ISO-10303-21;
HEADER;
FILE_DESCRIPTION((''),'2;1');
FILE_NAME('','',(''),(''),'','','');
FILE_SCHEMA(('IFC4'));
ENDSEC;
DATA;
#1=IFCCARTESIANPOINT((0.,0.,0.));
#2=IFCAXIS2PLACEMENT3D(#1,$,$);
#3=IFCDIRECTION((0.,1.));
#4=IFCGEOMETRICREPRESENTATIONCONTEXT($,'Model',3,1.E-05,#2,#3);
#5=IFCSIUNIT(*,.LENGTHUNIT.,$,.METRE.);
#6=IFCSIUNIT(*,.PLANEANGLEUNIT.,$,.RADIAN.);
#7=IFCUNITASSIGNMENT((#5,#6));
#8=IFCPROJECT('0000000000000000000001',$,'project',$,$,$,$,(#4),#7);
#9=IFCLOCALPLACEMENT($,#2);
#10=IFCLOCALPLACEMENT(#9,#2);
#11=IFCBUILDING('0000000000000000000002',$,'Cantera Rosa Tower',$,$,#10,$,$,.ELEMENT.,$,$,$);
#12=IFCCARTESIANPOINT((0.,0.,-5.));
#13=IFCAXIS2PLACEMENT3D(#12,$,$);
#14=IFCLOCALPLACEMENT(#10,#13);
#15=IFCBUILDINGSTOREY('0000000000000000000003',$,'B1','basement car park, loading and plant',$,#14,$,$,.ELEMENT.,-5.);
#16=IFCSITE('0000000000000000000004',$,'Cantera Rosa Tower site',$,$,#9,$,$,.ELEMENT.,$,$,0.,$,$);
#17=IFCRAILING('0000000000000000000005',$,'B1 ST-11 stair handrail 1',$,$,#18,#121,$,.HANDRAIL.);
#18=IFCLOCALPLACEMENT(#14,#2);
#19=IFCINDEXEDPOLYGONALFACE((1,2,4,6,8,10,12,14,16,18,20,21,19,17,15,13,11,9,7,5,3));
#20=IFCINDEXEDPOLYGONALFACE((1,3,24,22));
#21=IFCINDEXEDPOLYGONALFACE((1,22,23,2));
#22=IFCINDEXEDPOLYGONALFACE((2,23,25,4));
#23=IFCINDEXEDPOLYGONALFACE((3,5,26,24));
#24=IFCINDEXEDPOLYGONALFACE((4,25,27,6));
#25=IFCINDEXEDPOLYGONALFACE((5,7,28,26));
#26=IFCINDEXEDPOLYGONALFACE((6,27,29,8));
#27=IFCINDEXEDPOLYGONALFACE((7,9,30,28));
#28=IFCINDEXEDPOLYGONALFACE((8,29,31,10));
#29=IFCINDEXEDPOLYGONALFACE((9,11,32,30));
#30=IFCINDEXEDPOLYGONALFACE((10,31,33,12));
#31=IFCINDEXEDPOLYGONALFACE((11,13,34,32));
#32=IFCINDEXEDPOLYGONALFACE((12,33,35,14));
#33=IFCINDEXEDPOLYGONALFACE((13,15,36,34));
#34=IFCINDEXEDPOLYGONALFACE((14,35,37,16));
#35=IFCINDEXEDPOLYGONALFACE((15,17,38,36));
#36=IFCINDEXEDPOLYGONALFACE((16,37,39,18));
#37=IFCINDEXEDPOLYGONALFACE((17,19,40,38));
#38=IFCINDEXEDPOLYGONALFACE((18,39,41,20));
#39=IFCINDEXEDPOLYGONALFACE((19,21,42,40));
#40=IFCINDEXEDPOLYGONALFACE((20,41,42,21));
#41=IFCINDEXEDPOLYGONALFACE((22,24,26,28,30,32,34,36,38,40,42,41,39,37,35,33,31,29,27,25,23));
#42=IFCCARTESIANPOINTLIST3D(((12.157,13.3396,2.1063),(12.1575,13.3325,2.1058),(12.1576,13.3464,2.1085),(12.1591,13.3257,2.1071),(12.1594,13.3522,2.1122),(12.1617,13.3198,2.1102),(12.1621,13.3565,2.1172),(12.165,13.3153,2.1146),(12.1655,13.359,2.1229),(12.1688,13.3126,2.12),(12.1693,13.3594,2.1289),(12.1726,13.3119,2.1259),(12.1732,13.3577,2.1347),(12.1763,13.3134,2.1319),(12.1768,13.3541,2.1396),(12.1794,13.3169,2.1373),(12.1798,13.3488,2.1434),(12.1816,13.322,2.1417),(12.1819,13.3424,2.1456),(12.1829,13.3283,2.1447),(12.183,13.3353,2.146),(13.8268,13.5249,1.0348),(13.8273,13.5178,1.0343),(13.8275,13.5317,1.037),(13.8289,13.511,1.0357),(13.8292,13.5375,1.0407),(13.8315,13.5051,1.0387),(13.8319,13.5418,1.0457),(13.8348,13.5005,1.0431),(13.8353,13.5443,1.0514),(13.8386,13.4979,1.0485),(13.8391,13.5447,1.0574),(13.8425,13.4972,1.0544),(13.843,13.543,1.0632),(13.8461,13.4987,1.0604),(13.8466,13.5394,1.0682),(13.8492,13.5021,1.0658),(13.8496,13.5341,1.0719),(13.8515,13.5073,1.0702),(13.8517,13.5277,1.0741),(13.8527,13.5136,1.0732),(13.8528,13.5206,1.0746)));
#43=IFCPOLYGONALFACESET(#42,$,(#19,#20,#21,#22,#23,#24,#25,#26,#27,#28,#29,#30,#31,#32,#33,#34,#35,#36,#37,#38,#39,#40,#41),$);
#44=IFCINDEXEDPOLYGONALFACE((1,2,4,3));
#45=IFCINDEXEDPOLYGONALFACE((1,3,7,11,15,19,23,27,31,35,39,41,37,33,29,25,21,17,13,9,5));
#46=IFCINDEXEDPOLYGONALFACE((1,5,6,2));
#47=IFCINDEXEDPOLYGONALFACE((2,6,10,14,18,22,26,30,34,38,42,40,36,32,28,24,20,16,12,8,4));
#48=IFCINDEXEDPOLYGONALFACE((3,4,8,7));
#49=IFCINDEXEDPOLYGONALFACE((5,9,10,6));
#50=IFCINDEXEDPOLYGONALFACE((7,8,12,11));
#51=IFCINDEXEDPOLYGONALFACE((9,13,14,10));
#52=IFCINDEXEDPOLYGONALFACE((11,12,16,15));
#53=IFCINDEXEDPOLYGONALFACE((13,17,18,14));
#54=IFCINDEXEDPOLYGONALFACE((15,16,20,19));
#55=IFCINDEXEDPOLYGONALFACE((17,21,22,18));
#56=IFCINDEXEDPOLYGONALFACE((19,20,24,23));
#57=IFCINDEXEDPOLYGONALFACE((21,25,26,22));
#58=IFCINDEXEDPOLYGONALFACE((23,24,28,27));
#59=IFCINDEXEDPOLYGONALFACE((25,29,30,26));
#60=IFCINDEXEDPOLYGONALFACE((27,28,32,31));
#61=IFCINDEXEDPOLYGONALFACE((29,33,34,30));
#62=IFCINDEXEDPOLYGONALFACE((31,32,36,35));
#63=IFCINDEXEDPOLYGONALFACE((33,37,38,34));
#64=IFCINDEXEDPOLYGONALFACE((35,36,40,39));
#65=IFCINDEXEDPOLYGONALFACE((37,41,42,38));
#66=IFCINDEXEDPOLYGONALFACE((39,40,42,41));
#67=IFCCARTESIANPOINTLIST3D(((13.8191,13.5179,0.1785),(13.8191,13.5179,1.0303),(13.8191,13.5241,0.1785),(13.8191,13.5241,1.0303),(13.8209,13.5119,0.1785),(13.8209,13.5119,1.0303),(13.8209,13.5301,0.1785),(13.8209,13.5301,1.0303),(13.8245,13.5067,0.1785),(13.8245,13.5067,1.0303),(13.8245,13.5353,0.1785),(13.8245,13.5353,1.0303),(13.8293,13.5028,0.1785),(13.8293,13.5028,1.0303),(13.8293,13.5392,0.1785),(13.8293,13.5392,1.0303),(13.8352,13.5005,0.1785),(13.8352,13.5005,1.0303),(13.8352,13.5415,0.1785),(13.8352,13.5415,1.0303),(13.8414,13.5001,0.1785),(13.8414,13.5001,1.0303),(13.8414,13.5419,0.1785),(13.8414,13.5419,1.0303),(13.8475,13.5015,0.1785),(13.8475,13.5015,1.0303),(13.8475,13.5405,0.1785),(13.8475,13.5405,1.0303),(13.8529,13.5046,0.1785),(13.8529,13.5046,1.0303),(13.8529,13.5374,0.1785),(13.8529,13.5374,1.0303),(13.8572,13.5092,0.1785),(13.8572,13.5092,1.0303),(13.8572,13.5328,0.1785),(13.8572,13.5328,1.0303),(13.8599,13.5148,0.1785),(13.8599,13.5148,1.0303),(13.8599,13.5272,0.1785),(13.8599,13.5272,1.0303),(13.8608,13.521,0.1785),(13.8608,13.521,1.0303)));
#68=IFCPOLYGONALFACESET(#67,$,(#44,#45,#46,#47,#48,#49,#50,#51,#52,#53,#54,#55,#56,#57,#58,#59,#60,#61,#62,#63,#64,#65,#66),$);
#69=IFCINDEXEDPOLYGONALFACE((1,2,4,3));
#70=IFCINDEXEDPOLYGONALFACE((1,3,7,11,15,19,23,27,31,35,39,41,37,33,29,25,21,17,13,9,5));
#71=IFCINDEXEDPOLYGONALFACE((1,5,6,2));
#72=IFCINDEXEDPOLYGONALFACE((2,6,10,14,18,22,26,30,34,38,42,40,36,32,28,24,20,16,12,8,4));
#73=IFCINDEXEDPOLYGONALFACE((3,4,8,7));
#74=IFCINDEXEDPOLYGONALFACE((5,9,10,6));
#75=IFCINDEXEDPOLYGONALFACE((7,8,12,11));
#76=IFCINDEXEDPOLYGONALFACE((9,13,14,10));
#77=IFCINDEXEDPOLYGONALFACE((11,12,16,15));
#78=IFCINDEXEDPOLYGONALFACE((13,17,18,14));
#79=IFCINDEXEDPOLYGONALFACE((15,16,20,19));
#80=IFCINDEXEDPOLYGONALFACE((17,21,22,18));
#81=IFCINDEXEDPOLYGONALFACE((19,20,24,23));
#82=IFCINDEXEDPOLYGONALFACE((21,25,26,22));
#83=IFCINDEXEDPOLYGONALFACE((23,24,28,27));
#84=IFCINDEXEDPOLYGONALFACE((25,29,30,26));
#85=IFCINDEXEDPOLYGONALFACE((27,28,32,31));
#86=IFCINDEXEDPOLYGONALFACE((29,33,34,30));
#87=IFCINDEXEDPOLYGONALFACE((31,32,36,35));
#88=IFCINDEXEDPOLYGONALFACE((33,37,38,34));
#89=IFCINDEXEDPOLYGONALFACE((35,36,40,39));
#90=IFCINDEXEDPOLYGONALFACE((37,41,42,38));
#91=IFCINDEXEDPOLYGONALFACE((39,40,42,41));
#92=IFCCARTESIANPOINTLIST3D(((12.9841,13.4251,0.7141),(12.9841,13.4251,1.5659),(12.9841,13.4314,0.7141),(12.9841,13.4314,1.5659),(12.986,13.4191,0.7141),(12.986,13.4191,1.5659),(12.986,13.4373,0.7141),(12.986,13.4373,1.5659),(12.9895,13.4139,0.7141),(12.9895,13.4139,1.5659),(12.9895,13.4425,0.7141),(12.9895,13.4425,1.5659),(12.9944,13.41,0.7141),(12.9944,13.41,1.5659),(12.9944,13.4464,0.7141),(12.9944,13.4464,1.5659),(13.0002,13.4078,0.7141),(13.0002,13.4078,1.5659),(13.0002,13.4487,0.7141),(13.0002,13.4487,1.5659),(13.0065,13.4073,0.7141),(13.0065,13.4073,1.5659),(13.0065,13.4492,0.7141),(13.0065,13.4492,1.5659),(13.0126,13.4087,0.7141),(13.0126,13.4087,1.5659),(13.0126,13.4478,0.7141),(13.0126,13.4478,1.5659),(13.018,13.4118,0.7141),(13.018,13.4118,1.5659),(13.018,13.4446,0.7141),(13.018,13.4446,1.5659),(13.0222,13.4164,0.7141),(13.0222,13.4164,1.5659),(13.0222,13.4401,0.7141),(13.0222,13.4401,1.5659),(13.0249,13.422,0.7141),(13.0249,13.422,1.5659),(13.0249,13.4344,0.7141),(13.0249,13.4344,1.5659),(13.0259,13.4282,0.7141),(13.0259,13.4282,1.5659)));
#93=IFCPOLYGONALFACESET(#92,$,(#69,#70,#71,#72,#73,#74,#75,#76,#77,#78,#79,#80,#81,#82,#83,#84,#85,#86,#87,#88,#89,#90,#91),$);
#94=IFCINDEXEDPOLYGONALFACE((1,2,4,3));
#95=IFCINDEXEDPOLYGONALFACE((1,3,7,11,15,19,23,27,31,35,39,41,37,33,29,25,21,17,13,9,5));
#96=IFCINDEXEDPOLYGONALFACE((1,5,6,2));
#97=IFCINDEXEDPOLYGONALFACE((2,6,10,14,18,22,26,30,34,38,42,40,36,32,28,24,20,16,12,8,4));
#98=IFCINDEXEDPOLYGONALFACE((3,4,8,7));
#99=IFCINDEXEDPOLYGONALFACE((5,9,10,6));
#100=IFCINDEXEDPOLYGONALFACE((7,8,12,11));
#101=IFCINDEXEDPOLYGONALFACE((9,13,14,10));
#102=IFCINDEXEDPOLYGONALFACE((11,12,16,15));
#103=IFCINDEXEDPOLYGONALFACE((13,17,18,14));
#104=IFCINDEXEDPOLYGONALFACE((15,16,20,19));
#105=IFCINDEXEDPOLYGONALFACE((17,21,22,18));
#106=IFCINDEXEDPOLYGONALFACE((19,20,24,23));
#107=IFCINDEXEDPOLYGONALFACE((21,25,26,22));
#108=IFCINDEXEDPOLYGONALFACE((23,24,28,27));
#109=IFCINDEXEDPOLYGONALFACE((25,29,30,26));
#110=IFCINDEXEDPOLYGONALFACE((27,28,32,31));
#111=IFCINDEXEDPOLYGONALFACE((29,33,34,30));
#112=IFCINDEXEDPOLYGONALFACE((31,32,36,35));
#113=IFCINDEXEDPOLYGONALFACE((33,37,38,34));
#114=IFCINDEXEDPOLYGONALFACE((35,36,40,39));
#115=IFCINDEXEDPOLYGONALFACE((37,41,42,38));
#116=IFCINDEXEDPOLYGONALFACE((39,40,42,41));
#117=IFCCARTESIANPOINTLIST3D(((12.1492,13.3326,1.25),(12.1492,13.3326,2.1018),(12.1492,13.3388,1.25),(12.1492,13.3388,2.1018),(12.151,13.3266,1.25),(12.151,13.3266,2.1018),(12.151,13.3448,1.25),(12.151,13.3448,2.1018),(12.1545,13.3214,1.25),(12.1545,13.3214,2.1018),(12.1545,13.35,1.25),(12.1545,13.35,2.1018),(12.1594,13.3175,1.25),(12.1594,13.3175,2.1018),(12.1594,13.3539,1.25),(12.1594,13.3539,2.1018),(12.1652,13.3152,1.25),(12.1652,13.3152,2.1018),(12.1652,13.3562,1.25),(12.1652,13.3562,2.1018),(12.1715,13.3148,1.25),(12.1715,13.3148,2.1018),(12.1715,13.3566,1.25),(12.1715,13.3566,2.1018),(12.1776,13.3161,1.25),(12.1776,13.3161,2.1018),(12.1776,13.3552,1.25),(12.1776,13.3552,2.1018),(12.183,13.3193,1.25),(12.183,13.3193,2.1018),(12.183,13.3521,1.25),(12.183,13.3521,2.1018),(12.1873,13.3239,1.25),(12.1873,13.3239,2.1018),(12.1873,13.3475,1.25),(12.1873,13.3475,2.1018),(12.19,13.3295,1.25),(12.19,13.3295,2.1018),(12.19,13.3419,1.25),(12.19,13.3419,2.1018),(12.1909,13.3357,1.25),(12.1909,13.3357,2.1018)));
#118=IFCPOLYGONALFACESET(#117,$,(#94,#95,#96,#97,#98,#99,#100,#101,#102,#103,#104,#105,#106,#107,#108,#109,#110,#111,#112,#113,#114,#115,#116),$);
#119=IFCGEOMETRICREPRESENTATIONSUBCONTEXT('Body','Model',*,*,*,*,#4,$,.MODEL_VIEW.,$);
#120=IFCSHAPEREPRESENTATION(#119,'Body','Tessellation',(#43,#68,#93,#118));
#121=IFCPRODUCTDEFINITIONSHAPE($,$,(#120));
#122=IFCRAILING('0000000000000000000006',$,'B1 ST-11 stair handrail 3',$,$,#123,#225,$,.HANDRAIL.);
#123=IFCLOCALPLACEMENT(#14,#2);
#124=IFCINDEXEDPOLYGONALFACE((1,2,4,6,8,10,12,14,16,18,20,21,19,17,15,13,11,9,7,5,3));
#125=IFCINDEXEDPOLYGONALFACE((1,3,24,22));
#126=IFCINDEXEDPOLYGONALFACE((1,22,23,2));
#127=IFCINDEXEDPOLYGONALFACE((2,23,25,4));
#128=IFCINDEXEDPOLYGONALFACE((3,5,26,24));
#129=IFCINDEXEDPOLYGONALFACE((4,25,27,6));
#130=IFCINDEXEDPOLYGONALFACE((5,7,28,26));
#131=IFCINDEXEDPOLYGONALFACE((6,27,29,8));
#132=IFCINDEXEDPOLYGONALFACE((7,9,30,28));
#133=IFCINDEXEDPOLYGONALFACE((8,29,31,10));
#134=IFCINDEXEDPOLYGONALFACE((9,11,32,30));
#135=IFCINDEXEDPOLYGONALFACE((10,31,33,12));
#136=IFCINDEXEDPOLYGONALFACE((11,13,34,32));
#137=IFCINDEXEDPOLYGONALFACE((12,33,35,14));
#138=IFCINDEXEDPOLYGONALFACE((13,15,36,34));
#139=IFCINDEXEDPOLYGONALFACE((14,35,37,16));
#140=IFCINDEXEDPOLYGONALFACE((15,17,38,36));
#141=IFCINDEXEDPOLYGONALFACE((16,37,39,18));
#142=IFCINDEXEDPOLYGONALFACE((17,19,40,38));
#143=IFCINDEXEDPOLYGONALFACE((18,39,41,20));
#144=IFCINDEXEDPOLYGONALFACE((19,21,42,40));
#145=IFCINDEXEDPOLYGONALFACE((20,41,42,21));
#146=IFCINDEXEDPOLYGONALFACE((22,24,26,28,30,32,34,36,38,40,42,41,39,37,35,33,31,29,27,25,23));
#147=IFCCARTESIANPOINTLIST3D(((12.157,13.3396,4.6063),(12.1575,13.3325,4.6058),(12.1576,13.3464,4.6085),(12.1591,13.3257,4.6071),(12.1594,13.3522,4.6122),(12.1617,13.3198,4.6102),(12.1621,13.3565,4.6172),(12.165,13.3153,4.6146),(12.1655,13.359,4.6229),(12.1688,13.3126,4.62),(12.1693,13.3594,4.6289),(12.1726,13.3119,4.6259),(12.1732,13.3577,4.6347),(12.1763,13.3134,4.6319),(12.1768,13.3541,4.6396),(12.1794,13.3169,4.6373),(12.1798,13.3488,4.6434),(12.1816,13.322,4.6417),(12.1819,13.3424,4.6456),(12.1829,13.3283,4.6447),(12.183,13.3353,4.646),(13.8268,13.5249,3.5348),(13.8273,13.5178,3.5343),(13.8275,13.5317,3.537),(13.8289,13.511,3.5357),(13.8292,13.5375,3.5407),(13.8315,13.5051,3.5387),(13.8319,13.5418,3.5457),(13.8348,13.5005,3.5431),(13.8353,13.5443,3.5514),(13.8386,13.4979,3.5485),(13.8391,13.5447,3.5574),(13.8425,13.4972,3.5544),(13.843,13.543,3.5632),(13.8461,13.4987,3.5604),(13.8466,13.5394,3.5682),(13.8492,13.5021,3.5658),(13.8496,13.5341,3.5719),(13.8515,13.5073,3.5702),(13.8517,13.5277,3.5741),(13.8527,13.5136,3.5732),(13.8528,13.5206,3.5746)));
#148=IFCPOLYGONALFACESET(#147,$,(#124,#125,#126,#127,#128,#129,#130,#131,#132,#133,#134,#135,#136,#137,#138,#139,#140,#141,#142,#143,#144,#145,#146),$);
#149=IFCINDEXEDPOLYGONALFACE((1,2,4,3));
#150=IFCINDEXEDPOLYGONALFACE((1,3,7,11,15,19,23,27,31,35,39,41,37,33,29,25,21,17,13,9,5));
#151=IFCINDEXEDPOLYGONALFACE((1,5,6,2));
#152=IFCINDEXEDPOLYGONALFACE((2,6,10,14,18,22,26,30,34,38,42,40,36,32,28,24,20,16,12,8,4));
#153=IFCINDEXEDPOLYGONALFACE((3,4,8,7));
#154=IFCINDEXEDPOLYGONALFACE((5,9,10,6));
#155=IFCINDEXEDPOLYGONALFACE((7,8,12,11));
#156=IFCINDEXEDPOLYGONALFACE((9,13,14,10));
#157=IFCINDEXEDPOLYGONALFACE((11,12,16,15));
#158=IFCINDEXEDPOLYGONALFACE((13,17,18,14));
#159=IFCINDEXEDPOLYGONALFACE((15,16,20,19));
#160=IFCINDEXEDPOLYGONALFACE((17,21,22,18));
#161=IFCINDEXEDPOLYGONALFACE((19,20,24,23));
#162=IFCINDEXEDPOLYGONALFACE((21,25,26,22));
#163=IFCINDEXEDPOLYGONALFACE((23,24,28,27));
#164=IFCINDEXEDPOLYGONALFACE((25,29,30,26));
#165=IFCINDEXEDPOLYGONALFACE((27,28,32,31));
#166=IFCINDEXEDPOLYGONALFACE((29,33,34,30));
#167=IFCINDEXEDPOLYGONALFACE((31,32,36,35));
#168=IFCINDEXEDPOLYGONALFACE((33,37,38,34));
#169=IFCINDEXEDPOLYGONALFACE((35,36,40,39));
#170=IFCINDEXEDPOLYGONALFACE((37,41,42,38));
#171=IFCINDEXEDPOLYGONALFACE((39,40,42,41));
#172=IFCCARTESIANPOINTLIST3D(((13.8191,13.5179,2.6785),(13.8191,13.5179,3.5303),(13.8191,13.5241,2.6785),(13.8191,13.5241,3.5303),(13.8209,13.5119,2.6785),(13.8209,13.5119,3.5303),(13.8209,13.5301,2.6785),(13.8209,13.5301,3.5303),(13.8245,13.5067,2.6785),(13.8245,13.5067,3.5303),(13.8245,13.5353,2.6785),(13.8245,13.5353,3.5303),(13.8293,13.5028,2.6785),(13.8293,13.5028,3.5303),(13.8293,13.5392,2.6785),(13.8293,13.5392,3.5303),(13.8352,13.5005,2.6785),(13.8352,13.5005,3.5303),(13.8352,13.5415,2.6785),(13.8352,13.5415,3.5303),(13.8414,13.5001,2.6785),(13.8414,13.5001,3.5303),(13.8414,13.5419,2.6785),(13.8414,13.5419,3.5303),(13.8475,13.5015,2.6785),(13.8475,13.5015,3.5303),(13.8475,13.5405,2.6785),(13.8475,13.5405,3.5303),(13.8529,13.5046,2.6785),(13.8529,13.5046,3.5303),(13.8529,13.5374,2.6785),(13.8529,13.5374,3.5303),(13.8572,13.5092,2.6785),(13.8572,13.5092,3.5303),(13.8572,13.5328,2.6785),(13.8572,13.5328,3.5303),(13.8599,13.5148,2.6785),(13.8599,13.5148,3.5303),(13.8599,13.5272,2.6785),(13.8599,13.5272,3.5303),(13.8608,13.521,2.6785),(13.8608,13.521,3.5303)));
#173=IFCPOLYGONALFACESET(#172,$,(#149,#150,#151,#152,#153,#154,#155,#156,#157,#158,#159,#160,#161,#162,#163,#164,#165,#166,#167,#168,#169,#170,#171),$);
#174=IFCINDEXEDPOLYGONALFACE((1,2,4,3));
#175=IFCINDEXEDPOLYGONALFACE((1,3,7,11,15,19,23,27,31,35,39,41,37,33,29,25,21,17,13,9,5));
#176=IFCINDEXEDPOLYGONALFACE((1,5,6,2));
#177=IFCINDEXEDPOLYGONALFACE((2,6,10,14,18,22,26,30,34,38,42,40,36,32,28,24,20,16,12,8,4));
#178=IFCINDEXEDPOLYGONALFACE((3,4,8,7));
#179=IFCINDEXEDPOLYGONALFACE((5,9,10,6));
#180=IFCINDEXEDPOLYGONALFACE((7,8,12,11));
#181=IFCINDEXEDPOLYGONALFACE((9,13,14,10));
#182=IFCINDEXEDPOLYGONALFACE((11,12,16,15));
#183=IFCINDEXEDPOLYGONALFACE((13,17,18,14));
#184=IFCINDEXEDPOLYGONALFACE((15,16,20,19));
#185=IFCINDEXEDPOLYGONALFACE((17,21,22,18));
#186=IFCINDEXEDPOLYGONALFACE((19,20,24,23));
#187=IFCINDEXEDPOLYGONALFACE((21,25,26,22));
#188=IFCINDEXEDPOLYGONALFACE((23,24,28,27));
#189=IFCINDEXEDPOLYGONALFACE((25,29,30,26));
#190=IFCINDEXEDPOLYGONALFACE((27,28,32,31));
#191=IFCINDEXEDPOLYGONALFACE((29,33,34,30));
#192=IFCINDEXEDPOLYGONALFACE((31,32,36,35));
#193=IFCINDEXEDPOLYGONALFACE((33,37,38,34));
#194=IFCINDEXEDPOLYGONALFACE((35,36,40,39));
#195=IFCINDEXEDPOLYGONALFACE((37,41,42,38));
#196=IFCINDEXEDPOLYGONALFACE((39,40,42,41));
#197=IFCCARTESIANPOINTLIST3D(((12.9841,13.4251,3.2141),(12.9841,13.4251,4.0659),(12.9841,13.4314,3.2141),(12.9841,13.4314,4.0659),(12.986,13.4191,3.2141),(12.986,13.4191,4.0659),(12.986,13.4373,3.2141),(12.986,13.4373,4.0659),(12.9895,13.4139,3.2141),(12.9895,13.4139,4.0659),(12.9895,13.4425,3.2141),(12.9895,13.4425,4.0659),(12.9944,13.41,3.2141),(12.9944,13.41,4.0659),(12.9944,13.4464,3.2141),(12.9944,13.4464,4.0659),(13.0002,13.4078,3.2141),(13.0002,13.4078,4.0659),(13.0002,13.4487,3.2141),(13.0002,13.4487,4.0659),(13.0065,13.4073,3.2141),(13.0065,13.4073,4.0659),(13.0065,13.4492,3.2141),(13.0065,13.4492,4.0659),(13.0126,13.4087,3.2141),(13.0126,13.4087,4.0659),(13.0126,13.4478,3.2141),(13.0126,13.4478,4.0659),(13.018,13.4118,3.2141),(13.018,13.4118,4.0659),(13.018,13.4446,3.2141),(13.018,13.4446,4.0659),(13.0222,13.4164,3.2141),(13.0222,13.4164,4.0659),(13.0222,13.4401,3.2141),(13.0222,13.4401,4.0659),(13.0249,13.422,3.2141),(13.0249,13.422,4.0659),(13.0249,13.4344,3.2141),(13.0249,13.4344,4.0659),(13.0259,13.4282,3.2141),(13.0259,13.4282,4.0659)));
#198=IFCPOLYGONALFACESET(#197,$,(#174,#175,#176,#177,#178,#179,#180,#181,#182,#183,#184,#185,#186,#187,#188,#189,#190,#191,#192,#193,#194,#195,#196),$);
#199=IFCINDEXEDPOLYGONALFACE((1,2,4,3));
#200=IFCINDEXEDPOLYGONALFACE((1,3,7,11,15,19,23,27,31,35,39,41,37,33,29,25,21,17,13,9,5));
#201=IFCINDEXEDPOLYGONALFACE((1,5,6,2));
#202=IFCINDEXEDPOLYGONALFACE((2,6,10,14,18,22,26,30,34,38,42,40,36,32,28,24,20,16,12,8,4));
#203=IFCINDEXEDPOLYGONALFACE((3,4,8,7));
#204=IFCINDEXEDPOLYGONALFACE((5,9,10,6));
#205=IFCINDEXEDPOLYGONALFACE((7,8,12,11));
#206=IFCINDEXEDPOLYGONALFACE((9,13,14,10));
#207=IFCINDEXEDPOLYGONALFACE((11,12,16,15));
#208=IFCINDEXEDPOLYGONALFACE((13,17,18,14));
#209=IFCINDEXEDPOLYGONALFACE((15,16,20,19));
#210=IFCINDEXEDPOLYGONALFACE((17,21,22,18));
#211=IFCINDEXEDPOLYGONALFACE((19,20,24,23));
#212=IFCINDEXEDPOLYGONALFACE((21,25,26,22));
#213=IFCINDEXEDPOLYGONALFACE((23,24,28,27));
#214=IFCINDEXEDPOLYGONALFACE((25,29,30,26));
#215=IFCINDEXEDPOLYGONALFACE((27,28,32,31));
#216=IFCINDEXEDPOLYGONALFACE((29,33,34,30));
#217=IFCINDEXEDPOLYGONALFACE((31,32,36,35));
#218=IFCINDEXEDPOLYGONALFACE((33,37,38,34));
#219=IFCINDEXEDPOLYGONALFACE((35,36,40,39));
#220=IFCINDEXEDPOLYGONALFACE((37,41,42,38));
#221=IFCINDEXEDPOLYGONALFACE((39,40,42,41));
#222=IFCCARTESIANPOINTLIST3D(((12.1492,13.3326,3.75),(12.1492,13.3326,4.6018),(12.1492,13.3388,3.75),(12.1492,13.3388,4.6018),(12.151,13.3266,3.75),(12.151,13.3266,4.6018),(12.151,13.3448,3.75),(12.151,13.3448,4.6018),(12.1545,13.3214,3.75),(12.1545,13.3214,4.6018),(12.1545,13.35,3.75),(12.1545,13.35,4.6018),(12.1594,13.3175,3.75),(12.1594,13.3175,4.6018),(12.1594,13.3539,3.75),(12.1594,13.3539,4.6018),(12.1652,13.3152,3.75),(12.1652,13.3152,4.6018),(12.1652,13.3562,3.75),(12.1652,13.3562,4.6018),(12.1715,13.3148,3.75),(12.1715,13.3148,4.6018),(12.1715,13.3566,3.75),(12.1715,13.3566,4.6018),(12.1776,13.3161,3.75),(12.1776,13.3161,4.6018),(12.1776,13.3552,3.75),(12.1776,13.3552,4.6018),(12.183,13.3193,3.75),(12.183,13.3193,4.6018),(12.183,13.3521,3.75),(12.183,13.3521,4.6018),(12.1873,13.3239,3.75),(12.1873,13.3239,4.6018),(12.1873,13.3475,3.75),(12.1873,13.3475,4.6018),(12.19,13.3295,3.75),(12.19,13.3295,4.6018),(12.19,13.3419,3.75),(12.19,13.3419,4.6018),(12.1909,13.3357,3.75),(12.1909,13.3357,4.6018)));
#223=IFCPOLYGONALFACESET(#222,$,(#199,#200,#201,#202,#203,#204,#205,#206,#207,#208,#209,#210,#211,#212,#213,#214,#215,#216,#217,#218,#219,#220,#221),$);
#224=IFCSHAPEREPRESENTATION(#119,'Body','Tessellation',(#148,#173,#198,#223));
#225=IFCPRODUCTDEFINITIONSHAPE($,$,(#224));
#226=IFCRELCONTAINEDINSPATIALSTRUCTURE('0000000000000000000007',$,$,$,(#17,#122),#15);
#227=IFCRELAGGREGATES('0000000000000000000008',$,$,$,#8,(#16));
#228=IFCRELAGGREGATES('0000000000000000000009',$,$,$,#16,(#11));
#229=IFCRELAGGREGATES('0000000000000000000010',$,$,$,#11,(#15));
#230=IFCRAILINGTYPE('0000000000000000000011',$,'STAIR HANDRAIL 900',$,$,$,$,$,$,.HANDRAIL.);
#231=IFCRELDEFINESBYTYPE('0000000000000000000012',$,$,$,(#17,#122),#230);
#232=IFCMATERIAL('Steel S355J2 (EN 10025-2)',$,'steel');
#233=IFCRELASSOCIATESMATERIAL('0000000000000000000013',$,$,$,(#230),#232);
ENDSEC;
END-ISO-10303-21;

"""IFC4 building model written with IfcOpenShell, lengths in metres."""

from ifc_helpers import new_model, si_unit, direction, frame, origin, origin_2d, place, context, subcontext, project, spatial, circle, extrude, material, type_object, element, save


model = new_model("IFC4")

# Units and contexts
model_context = context("Model", 3, precision=1e-05, world=origin(), true_north=direction((0.0, 1.0)))
body_context = subcontext(model_context, "Body", "Model", "MODEL_VIEW")
ifc_project = project(units=[si_unit("LENGTHUNIT", "METRE"), si_unit("PLANEANGLEUNIT", "RADIAN")], contexts=[model_context])

# Site, building, storey
site_placement = place(None, origin())
site = spatial("IfcSite", under=ifc_project, at=site_placement, Name="Cantera Rosa Tower site", CompositionType="ELEMENT", RefElevation=0.0)
building_placement = place(site_placement, origin())
building = spatial("IfcBuilding", under=site, at=building_placement, Name="Cantera Rosa Tower", CompositionType="ELEMENT")
storey_placement = place(building_placement, frame((0.0, 0.0, -5.0)))
storey = spatial("IfcBuildingStorey", under=building, at=storey_placement, Name="B1", Description="basement car park, loading and plant", CompositionType="ELEMENT", Elevation=-5.0)

# Railings
ifc_material_1 = material(Name="Steel S355J2 (EN 10025-2)", Category="steel")
railing_type_1 = type_object("IfcRailingType", Name="STAIR HANDRAIL 900", PredefinedType="HANDRAIL", material=ifc_material_1)
for number, where, name in (
    (1, (13.8398, 13.521, 0.1785), "B1 ST-11 stair handrail 1"),
    (2, (13.8398, 13.521, 2.6785), "B1 ST-11 stair handrail 3"),
):
    element("IfcRailing", number, at=place(storey_placement, frame(where)), inside=storey, type_object=railing_type_1, Name=name, PredefinedType="HANDRAIL", context=body_context, shape_type="SweptSolid", body=[
        extrude(circle(Radius=0.0239, at=origin_2d()), frame((0.0, 0.0, 0.876), z_axis=(-0.837987, -0.092987, 0.537709), x_axis=(0.110288, -0.9939, 0.0)), (0.0, 0.0, 1.0), 1.9927),
        extrude(circle(Radius=0.021, at=origin_2d()), origin(), (0.0, 0.0, 1.0), 0.8518),
        extrude(circle(Radius=0.021, at=origin_2d()), frame((-0.835, -0.0928, 0.5356)), (0.0, 0.0, 1.0), 0.8518),
        extrude(circle(Radius=0.021, at=origin_2d()), frame((-1.6699, -0.1853, 1.0715)), (0.0, 0.0, 1.0), 0.8518),
    ])

save(model, "model.ifc")
